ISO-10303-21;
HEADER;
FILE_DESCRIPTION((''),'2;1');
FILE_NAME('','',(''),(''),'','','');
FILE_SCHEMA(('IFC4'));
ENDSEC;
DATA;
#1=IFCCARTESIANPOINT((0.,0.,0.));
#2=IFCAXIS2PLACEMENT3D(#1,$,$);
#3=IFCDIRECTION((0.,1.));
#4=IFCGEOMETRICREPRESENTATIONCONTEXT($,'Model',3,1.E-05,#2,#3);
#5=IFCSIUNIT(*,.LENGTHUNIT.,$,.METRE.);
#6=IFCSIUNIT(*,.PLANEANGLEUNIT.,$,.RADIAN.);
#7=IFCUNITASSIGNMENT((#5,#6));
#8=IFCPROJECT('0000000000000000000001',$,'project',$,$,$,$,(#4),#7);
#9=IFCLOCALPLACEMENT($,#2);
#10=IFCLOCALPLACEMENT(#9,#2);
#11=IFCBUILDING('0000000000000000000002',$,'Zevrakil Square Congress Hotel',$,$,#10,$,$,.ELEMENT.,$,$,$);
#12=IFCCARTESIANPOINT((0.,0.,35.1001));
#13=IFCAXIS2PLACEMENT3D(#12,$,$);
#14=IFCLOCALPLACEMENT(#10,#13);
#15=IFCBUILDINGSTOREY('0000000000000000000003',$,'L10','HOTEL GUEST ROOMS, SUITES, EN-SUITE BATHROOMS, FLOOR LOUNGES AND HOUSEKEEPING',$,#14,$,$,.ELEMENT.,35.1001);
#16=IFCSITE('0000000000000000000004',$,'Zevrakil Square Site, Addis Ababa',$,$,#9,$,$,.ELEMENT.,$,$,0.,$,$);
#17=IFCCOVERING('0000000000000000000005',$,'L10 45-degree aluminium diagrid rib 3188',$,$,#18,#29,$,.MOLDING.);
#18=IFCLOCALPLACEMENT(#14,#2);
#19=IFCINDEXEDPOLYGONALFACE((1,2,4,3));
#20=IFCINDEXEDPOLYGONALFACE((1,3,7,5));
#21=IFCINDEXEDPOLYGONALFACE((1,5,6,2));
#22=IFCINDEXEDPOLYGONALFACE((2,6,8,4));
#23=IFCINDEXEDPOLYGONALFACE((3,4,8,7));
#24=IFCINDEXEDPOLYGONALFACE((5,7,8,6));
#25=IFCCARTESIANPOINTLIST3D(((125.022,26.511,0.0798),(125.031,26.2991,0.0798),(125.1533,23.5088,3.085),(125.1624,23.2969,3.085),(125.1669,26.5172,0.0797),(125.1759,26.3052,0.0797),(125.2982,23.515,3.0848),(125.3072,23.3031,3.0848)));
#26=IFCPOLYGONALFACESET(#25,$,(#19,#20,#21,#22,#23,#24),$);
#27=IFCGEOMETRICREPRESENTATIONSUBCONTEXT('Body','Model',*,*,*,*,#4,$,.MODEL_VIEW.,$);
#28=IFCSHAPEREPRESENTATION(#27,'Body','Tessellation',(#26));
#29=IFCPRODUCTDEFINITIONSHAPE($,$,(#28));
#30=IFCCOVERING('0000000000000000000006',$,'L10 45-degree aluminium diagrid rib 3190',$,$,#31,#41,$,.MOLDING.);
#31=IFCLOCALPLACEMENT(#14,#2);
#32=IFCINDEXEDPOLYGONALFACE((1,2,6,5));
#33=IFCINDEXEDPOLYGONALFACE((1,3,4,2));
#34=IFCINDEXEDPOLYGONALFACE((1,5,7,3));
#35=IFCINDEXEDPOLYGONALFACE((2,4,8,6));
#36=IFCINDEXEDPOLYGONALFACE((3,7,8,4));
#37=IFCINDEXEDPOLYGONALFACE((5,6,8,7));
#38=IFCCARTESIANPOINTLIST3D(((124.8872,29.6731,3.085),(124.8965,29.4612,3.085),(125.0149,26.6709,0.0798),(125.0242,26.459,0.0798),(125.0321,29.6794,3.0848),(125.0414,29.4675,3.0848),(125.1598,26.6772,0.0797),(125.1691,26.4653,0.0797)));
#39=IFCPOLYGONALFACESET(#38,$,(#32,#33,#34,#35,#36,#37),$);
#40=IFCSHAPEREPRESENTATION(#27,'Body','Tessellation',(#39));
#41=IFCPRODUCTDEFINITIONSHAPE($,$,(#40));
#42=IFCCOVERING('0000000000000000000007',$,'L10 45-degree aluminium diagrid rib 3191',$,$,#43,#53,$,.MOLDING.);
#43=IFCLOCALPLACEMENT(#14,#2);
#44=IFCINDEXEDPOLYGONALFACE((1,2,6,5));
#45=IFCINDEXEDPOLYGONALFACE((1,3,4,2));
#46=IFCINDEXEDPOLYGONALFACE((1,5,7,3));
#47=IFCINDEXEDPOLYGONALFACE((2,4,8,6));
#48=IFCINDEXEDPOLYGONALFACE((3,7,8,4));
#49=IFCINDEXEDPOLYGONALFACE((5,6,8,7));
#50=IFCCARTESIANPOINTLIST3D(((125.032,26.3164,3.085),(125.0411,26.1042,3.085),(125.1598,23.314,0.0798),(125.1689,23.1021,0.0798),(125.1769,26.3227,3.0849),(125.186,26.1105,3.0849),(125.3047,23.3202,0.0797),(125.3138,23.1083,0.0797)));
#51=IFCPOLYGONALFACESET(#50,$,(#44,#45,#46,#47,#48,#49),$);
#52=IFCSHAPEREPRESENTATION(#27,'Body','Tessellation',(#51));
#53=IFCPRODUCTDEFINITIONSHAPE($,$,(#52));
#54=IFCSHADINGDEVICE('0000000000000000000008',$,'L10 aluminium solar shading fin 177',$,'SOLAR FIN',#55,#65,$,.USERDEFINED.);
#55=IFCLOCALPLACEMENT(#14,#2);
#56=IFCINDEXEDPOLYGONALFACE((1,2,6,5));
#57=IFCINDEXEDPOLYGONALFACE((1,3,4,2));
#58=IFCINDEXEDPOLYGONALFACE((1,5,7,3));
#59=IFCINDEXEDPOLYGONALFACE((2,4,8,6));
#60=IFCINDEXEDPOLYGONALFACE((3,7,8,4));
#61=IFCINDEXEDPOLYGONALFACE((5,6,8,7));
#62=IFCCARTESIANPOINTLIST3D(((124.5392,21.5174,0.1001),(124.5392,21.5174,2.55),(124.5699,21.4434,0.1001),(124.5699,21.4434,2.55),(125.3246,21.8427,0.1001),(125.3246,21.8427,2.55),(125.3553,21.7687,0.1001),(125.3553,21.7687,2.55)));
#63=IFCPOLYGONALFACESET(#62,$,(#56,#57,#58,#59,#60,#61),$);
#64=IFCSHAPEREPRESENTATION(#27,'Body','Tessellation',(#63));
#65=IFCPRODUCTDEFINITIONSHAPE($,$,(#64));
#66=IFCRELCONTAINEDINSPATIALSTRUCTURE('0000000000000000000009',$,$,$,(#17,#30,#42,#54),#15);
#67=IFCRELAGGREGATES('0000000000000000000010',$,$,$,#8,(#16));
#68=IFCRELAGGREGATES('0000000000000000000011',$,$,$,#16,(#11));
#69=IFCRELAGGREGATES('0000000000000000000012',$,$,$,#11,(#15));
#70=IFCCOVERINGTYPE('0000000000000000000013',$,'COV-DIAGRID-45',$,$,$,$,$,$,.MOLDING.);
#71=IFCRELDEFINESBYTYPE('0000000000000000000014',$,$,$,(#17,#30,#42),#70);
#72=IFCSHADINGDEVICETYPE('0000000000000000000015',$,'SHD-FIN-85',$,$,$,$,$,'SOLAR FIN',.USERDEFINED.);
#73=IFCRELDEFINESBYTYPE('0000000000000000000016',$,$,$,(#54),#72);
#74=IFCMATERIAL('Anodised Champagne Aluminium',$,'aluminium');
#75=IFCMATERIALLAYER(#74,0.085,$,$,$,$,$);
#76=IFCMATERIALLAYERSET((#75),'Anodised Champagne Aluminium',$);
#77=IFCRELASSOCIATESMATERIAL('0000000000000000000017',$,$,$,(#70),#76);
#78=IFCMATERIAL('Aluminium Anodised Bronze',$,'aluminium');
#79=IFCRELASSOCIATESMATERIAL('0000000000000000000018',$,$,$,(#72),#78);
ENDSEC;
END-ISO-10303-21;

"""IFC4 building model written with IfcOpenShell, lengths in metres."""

from ifc_helpers import new_model, si_unit, direction, frame, origin, origin_2d, place, context, subcontext, project, spatial, polyline, rectangle, outline, extrude, material, layer, layer_set, type_object, element, save


model = new_model("IFC4")

# Units and contexts
model_context = context("Model", 3, precision=1e-05, world=origin(), true_north=direction((0.0, 1.0)))
body_context = subcontext(model_context, "Body", "Model", "MODEL_VIEW")
ifc_project = project(units=[si_unit("LENGTHUNIT", "METRE"), si_unit("PLANEANGLEUNIT", "RADIAN")], contexts=[model_context])

# Site, building, storey
site_placement = place(None, origin())
site = spatial("IfcSite", under=ifc_project, at=site_placement, Name="Zevrakil Square Site, Addis Ababa", CompositionType="ELEMENT", RefElevation=0.0)
building_placement = place(site_placement, origin())
building = spatial("IfcBuilding", under=site, at=building_placement, Name="Zevrakil Square Congress Hotel", CompositionType="ELEMENT")
storey_placement = place(building_placement, frame((0.0, 0.0, 35.1001)))
storey = spatial("IfcBuildingStorey", under=building, at=storey_placement, Name="L10", Description="HOTEL GUEST ROOMS, SUITES, EN-SUITE BATHROOMS, FLOOR LOUNGES AND HOUSEKEEPING", CompositionType="ELEMENT", Elevation=35.1001)

# Coverings
ifc_material_1 = material(Name="Anodised Champagne Aluminium", Category="aluminium")
ifc_layer_1 = layer(ifc_material_1, 0.085)
ifc_layer_set_1 = layer_set([ifc_layer_1], Name="Anodised Champagne Aluminium")
covering_type_1 = type_object("IfcCoveringType", Name="COV-DIAGRID-45", PredefinedType="MOLDING", material=ifc_layer_set_1)
covering_1_placement = place(storey_placement, frame((125.031, 26.2991, 0.0798), z_axis=(-0.999092, -0.042588, 0.001122), x_axis=(-0.042588, 0.999093, 0.0)))
element("IfcCovering", 1, at=covering_1_placement, inside=storey, type_object=covering_type_1, Name="L10 45-degree aluminium diagrid rib 3188", PredefinedType="MOLDING", context=body_context, shape_type="SweptSolid", body=[
    extrude(outline(polyline([(0.0, 0.0), (0.2121, 0.0), (-2.793, -3.0051), (-3.0051, -3.0051), (0.0, 0.0)])), origin(), (0.0, 0.0, -1.0), 0.145),
])
covering_2_placement = place(storey_placement, frame((124.8872, 29.6731, 3.085), z_axis=(-0.999042, -0.043737, 0.001246), x_axis=(0.043737, -0.999043, 0.0)))
element("IfcCovering", 2, at=covering_2_placement, inside=storey, type_object=covering_type_1, Name="L10 45-degree aluminium diagrid rib 3190", PredefinedType="MOLDING", context=body_context, shape_type="SweptSolid", body=[
    extrude(outline(polyline([(0.0, 0.0), (0.2121, 0.0), (3.217, -3.0051), (3.0049, -3.0051), (0.0, 0.0)])), origin(), (0.0, 0.0, -1.0), 0.145),
])
covering_3_placement = place(storey_placement, frame((125.032, 26.3164, 3.085), z_axis=(-0.999069, -0.043138, 0.000607), x_axis=(0.043138, -0.999069, 0.0)))
element("IfcCovering", 3, at=covering_3_placement, inside=storey, type_object=covering_type_1, Name="L10 45-degree aluminium diagrid rib 3191", PredefinedType="MOLDING", context=body_context, shape_type="SweptSolid", body=[
    extrude(outline(polyline([(0.0, 0.0), (0.2124, 0.0), (3.2173, -3.0051), (3.0052, -3.0051), (0.0, 0.0)])), origin(), (0.0, 0.0, -1.0), 0.145),
])

# Shading device
ifc_material_2 = material(Name="Aluminium Anodised Bronze", Category="aluminium")
shading_device_type = type_object("IfcShadingDeviceType", Name="SHD-FIN-85", ElementType="SOLAR FIN", PredefinedType="USERDEFINED", material=ifc_material_2)
shading_device_placement = place(storey_placement, frame((124.9473, 21.6431, 0.1001), z_axis=(0.0, 0.0, 1.0), x_axis=(-0.92388, -0.382683, 0.0)))
element("IfcShadingDevice", 4, at=shading_device_placement, inside=storey, type_object=shading_device_type, Name="L10 aluminium solar shading fin 177", ObjectType="SOLAR FIN", PredefinedType="USERDEFINED", context=body_context, shape_type="SweptSolid", body=[
    extrude(rectangle(XDim=0.8501, YDim=0.0801, at=origin_2d()), origin(), (0.0, 0.0, 1.0), 2.45),
])

save(model, "model.ifc")
